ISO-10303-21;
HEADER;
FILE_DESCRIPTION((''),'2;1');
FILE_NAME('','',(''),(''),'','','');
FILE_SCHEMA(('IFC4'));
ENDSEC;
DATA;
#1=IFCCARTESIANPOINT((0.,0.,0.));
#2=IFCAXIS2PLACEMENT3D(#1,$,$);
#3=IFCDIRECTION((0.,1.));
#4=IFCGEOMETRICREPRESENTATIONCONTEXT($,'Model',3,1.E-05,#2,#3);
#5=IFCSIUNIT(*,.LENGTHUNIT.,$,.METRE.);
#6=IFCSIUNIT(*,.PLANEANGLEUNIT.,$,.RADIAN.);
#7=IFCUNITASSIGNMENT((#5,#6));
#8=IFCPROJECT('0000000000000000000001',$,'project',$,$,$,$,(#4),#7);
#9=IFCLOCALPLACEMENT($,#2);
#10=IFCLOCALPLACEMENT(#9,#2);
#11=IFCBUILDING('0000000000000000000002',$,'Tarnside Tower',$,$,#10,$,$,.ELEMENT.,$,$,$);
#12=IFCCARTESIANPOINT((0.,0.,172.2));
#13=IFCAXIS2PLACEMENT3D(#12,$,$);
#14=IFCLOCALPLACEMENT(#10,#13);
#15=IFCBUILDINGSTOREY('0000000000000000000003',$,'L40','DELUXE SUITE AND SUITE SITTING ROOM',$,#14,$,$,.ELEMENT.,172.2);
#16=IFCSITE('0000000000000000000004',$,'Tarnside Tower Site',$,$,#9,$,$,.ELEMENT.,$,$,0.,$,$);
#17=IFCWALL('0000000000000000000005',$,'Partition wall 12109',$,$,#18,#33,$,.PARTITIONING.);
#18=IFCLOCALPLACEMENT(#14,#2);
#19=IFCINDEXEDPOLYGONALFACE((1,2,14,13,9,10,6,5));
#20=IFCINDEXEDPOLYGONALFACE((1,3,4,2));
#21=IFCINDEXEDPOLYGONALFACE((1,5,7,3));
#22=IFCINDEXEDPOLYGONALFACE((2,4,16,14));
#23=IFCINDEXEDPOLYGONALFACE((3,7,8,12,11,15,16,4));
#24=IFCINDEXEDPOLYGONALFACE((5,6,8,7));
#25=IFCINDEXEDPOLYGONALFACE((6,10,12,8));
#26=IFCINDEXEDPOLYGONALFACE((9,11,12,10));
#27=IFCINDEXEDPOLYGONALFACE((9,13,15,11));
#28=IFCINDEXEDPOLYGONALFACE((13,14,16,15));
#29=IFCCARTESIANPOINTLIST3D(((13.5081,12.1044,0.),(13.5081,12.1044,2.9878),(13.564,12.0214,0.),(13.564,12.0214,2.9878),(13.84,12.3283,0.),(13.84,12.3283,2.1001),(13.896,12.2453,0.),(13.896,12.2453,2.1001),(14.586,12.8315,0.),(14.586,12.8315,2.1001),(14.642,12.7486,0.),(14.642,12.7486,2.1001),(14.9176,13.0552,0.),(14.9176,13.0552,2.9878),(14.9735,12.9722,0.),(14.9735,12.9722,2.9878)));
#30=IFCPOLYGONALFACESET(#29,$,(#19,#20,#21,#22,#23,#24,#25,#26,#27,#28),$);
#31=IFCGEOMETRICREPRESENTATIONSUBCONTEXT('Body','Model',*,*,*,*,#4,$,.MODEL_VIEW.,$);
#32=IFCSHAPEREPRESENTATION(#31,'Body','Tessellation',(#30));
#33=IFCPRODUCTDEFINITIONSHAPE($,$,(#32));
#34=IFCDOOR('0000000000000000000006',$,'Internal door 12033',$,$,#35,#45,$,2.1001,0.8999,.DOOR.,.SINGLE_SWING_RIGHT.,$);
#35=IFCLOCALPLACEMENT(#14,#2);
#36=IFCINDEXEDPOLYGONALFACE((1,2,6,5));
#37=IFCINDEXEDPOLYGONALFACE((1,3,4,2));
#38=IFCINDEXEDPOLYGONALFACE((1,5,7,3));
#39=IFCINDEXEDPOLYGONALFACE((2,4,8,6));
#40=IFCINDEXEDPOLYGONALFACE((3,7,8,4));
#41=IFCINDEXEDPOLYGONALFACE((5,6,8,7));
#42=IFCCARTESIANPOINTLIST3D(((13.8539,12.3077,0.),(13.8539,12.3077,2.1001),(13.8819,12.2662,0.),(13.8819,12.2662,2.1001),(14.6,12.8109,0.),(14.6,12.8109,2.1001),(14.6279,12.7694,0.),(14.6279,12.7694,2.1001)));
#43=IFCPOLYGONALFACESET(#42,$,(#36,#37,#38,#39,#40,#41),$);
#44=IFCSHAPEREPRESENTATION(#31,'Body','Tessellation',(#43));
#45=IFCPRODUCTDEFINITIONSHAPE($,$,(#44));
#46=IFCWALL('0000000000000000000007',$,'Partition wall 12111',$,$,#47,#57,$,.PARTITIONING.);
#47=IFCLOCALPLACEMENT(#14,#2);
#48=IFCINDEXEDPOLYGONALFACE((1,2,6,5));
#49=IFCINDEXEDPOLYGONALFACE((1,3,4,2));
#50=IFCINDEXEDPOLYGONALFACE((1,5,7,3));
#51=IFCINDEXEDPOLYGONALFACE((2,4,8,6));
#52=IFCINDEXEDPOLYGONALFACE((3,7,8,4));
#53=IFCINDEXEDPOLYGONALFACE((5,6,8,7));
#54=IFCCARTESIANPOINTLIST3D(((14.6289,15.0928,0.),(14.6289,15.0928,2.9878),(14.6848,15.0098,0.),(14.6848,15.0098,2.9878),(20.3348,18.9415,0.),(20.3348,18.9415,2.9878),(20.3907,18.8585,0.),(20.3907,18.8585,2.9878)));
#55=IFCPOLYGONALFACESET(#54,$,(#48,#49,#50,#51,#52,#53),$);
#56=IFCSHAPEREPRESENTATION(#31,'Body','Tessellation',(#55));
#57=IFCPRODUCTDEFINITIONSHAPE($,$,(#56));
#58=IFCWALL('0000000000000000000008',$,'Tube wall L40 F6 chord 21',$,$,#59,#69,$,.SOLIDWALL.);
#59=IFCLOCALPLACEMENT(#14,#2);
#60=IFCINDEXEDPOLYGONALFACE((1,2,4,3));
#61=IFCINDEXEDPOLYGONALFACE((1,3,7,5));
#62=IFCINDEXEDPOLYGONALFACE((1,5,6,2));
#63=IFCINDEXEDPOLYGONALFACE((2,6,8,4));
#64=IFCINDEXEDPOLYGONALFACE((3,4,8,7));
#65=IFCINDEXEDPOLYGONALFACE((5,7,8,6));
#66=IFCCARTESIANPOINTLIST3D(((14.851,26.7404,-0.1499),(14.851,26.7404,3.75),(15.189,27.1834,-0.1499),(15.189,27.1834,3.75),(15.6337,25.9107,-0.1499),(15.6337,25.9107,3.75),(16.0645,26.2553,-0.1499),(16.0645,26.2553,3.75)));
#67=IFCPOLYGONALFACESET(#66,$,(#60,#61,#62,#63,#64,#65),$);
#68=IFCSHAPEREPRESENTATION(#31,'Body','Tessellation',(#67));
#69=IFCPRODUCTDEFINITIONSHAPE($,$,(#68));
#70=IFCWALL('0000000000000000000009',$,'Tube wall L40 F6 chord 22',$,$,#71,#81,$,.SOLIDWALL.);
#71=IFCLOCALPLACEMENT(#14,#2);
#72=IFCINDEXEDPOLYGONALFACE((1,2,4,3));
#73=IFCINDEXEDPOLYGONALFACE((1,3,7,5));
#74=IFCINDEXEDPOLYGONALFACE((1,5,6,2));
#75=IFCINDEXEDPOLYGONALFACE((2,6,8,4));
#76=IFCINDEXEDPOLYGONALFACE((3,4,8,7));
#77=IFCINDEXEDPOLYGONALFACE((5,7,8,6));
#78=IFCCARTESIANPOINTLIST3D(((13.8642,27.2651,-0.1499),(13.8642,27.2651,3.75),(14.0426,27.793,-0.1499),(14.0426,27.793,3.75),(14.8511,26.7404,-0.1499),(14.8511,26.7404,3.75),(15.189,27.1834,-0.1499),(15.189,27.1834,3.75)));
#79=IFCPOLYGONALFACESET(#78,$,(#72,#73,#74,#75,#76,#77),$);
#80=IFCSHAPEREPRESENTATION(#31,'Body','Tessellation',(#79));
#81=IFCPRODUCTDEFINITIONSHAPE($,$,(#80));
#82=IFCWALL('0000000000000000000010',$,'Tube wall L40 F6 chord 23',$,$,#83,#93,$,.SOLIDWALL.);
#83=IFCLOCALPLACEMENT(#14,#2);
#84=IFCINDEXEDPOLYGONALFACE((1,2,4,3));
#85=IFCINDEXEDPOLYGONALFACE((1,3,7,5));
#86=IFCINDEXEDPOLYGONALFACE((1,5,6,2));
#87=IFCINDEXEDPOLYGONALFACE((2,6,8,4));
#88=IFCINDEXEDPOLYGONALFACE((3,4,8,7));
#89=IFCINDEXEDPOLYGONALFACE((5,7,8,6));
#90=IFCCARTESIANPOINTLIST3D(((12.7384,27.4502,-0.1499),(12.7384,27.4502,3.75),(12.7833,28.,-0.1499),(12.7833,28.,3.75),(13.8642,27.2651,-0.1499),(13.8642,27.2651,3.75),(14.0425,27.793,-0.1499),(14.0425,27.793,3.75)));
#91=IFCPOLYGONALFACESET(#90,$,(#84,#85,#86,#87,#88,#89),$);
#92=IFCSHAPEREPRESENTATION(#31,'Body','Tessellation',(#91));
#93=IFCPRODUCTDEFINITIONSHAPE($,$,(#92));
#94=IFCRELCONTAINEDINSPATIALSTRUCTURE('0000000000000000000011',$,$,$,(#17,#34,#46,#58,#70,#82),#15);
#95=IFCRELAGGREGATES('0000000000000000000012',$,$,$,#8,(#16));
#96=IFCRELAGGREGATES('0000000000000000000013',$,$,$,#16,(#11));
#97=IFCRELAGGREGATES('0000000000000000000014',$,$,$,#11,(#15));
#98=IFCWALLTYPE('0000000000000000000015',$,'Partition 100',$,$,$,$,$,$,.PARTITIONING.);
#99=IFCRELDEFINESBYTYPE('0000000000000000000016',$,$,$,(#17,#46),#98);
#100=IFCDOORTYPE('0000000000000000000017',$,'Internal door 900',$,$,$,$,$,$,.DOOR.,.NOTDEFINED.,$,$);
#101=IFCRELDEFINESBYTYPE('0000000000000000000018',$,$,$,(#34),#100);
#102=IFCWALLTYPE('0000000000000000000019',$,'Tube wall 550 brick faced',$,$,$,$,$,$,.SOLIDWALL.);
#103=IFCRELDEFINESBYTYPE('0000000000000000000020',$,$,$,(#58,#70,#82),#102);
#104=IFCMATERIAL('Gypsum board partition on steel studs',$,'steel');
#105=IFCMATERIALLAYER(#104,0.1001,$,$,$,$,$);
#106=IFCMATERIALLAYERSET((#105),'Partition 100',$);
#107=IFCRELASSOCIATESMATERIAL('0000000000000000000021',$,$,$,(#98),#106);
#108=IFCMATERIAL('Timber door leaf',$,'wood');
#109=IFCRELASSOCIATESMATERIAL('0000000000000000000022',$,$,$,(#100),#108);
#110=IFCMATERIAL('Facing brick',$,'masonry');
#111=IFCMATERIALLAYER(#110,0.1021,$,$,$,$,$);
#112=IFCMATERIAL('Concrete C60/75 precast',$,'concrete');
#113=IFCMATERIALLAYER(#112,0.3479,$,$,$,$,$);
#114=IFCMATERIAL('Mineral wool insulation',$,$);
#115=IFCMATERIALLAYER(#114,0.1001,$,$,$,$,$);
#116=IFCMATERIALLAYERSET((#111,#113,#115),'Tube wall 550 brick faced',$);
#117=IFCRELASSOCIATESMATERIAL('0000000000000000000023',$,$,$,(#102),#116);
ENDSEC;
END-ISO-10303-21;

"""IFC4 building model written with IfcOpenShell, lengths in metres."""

from ifc_helpers import new_model, si_unit, direction, frame, frame_2d, origin, place, context, subcontext, project, spatial, polyline, rectangle, outline, extrude, material, layer, layer_set, type_object, element, fill, save


model = new_model("IFC4")

# Units and contexts
model_context = context("Model", 3, precision=1e-05, world=origin(), true_north=direction((0.0, 1.0)))
body_context = subcontext(model_context, "Body", "Model", "MODEL_VIEW")
ifc_project = project(units=[si_unit("LENGTHUNIT", "METRE"), si_unit("PLANEANGLEUNIT", "RADIAN")], contexts=[model_context])

# Site, building, storey
site_placement = place(None, origin())
site = spatial("IfcSite", under=ifc_project, at=site_placement, Name="Tarnside Tower Site", CompositionType="ELEMENT", RefElevation=0.0)
building_placement = place(site_placement, origin())
building = spatial("IfcBuilding", under=site, at=building_placement, Name="Tarnside Tower", CompositionType="ELEMENT")
storey_placement = place(building_placement, frame((0.0, 0.0, 172.2)))
storey = spatial("IfcBuildingStorey", under=building, at=storey_placement, Name="L40", Description="DELUXE SUITE AND SUITE SITTING ROOM", CompositionType="ELEMENT", Elevation=172.2)

# Shared definitions
ifc_material_1 = material(Name="Gypsum board partition on steel studs", Category="steel")

# Shared definitions
ifc_material_2 = material(Name="Timber door leaf", Category="wood")

# Wall, opening, door
ifc_layer_1 = layer(ifc_material_1, 0.1001)
ifc_layer_set_1 = layer_set([ifc_layer_1], Name="Partition 100")
wall_type_1 = type_object("IfcWallType", Name="Partition 100", PredefinedType="PARTITIONING", material=ifc_layer_set_1)
wall_1_placement = place(storey_placement, frame((14.9456, 13.0137, 0.0), z_axis=(0.0, 0.0, 1.0), x_axis=(-0.829033, -0.559199, 0.0)))
wall_1 = element("IfcWall", 1, at=wall_1_placement, inside=storey, type_object=wall_type_1, Name="Partition wall 12109", PredefinedType="PARTITIONING", context=body_context, shape_type="SweptSolid", body=[
    extrude(rectangle(XDim=1.7002, YDim=0.1001, at=frame_2d((0.8501, 0.0))), origin(), (0.0, 0.0, 1.0), 2.9878),
])
opening_1_placement = place(wall_1_placement, frame((0.3999, 0.0, 0.0)))
opening_1 = element("IfcOpeningElement", 2, at=opening_1_placement, cuts=wall_1, PredefinedType="OPENING", context=body_context, shape_type="SweptSolid", body=[
    extrude(rectangle(XDim=0.8999, YDim=2.1001, at=frame_2d((0.45, 1.05))), frame((0.0, 0.0601, 0.0), z_axis=(0.0, -1.0, 0.0), x_axis=(1.0, 0.0, 0.0)), (0.0, 0.0, 1.0), 0.1201),
])
door_type_1 = type_object("IfcDoorType", Name="Internal door 900", OperationType="NOTDEFINED", PredefinedType="DOOR", material=ifc_material_2)
door_1_placement = place(opening_1_placement, origin())
door_1 = element("IfcDoor", 3, at=door_1_placement, inside=storey, type_object=door_type_1, Name="Internal door 12033", OperationType="SINGLE_SWING_RIGHT", OverallHeight=2.1001, OverallWidth=0.8999, PredefinedType="DOOR", context=body_context, shape_type="SweptSolid", body=[
    extrude(rectangle(XDim=0.8999, YDim=2.1001, at=frame_2d((0.45, 1.05))), frame((0.0, 0.0249, 0.0), z_axis=(0.0, -1.0, 0.0), x_axis=(1.0, 0.0, 0.0)), (0.0, 0.0, 1.0), 0.05),
])
fill(opening_1, door_1)

# Walls
wall_2_placement = place(storey_placement, frame((14.6567, 15.0513, 0.0), z_axis=(0.0, 0.0, 1.0), x_axis=(0.829037, 0.559194, 0.0)))
element("IfcWall", 4, at=wall_2_placement, inside=storey, type_object=wall_type_1, Name="Partition wall 12111", PredefinedType="PARTITIONING", context=body_context, shape_type="SweptSolid", body=[
    extrude(rectangle(XDim=6.8826, YDim=0.1001, at=frame_2d((3.4414, 0.0))), origin(), (0.0, 0.0, 1.0), 2.9878),
])
ifc_material_3 = material(Name="Facing brick", Category="masonry")
ifc_layer_2 = layer(ifc_material_3, 0.1021)
ifc_material_4 = material(Name="Concrete C60/75 precast", Category="concrete")
ifc_layer_3 = layer(ifc_material_4, 0.3479)
ifc_material_5 = material(Name="Mineral wool insulation")
ifc_layer_4 = layer(ifc_material_5, 0.1001)
ifc_layer_set_2 = layer_set([ifc_layer_2, ifc_layer_3, ifc_layer_4], Name="Tube wall 550 brick faced")
wall_type_2 = type_object("IfcWallType", Name="Tube wall 550 brick faced", PredefinedType="SOLIDWALL", material=ifc_layer_set_2)
wall_3_placement = place(storey_placement, frame((15.8491, 26.083, -0.1499), z_axis=(0.0, 0.0, 1.0), x_axis=(-0.686196, 0.727416, 0.0)))
element("IfcWall", 5, at=wall_3_placement, inside=storey, type_object=wall_type_2, Name="Tube wall L40 F6 chord 21", PredefinedType="SOLIDWALL", context=body_context, shape_type="SweptSolid", body=[
    extrude(outline(polyline([(-0.0225, -0.2749), (1.2534, -0.2749), (1.1631, 0.2749), (0.0225, 0.2749), (-0.0225, -0.2749)])), origin(), (0.0, 0.0, 1.0), 3.8999),
])
wall_4_placement = place(storey_placement, frame((15.02, 26.9619, -0.1499), z_axis=(0.0, 0.0, 1.0), x_axis=(-0.882951, 0.469465, 0.0)))
element("IfcWall", 6, at=wall_4_placement, inside=storey, type_object=wall_type_2, Name="Tube wall L40 F6 chord 22", PredefinedType="SOLIDWALL", context=body_context, shape_type="SweptSolid", body=[
    extrude(outline(polyline([(-0.0452, -0.2749), (1.2532, -0.2749), (1.1628, 0.2749), (0.0452, 0.2749), (-0.0452, -0.2749)])), origin(), (0.0, 0.0, 1.0), 3.8999),
])
wall_5_placement = place(storey_placement, frame((13.9534, 27.5291, -0.1499), z_axis=(0.0, 0.0, 1.0), x_axis=(-0.986752, 0.162236, 0.0)))
element("IfcWall", 7, at=wall_5_placement, inside=storey, type_object=wall_type_2, Name="Tube wall L40 F6 chord 23", PredefinedType="SOLIDWALL", context=body_context, shape_type="SweptSolid", body=[
    extrude(outline(polyline([(-0.0452, -0.2749), (1.231, -0.2749), (1.186, 0.2749), (0.0452, 0.2749), (-0.0452, -0.2749)])), origin(), (0.0, 0.0, 1.0), 3.8999),
])

save(model, "model.ifc")
